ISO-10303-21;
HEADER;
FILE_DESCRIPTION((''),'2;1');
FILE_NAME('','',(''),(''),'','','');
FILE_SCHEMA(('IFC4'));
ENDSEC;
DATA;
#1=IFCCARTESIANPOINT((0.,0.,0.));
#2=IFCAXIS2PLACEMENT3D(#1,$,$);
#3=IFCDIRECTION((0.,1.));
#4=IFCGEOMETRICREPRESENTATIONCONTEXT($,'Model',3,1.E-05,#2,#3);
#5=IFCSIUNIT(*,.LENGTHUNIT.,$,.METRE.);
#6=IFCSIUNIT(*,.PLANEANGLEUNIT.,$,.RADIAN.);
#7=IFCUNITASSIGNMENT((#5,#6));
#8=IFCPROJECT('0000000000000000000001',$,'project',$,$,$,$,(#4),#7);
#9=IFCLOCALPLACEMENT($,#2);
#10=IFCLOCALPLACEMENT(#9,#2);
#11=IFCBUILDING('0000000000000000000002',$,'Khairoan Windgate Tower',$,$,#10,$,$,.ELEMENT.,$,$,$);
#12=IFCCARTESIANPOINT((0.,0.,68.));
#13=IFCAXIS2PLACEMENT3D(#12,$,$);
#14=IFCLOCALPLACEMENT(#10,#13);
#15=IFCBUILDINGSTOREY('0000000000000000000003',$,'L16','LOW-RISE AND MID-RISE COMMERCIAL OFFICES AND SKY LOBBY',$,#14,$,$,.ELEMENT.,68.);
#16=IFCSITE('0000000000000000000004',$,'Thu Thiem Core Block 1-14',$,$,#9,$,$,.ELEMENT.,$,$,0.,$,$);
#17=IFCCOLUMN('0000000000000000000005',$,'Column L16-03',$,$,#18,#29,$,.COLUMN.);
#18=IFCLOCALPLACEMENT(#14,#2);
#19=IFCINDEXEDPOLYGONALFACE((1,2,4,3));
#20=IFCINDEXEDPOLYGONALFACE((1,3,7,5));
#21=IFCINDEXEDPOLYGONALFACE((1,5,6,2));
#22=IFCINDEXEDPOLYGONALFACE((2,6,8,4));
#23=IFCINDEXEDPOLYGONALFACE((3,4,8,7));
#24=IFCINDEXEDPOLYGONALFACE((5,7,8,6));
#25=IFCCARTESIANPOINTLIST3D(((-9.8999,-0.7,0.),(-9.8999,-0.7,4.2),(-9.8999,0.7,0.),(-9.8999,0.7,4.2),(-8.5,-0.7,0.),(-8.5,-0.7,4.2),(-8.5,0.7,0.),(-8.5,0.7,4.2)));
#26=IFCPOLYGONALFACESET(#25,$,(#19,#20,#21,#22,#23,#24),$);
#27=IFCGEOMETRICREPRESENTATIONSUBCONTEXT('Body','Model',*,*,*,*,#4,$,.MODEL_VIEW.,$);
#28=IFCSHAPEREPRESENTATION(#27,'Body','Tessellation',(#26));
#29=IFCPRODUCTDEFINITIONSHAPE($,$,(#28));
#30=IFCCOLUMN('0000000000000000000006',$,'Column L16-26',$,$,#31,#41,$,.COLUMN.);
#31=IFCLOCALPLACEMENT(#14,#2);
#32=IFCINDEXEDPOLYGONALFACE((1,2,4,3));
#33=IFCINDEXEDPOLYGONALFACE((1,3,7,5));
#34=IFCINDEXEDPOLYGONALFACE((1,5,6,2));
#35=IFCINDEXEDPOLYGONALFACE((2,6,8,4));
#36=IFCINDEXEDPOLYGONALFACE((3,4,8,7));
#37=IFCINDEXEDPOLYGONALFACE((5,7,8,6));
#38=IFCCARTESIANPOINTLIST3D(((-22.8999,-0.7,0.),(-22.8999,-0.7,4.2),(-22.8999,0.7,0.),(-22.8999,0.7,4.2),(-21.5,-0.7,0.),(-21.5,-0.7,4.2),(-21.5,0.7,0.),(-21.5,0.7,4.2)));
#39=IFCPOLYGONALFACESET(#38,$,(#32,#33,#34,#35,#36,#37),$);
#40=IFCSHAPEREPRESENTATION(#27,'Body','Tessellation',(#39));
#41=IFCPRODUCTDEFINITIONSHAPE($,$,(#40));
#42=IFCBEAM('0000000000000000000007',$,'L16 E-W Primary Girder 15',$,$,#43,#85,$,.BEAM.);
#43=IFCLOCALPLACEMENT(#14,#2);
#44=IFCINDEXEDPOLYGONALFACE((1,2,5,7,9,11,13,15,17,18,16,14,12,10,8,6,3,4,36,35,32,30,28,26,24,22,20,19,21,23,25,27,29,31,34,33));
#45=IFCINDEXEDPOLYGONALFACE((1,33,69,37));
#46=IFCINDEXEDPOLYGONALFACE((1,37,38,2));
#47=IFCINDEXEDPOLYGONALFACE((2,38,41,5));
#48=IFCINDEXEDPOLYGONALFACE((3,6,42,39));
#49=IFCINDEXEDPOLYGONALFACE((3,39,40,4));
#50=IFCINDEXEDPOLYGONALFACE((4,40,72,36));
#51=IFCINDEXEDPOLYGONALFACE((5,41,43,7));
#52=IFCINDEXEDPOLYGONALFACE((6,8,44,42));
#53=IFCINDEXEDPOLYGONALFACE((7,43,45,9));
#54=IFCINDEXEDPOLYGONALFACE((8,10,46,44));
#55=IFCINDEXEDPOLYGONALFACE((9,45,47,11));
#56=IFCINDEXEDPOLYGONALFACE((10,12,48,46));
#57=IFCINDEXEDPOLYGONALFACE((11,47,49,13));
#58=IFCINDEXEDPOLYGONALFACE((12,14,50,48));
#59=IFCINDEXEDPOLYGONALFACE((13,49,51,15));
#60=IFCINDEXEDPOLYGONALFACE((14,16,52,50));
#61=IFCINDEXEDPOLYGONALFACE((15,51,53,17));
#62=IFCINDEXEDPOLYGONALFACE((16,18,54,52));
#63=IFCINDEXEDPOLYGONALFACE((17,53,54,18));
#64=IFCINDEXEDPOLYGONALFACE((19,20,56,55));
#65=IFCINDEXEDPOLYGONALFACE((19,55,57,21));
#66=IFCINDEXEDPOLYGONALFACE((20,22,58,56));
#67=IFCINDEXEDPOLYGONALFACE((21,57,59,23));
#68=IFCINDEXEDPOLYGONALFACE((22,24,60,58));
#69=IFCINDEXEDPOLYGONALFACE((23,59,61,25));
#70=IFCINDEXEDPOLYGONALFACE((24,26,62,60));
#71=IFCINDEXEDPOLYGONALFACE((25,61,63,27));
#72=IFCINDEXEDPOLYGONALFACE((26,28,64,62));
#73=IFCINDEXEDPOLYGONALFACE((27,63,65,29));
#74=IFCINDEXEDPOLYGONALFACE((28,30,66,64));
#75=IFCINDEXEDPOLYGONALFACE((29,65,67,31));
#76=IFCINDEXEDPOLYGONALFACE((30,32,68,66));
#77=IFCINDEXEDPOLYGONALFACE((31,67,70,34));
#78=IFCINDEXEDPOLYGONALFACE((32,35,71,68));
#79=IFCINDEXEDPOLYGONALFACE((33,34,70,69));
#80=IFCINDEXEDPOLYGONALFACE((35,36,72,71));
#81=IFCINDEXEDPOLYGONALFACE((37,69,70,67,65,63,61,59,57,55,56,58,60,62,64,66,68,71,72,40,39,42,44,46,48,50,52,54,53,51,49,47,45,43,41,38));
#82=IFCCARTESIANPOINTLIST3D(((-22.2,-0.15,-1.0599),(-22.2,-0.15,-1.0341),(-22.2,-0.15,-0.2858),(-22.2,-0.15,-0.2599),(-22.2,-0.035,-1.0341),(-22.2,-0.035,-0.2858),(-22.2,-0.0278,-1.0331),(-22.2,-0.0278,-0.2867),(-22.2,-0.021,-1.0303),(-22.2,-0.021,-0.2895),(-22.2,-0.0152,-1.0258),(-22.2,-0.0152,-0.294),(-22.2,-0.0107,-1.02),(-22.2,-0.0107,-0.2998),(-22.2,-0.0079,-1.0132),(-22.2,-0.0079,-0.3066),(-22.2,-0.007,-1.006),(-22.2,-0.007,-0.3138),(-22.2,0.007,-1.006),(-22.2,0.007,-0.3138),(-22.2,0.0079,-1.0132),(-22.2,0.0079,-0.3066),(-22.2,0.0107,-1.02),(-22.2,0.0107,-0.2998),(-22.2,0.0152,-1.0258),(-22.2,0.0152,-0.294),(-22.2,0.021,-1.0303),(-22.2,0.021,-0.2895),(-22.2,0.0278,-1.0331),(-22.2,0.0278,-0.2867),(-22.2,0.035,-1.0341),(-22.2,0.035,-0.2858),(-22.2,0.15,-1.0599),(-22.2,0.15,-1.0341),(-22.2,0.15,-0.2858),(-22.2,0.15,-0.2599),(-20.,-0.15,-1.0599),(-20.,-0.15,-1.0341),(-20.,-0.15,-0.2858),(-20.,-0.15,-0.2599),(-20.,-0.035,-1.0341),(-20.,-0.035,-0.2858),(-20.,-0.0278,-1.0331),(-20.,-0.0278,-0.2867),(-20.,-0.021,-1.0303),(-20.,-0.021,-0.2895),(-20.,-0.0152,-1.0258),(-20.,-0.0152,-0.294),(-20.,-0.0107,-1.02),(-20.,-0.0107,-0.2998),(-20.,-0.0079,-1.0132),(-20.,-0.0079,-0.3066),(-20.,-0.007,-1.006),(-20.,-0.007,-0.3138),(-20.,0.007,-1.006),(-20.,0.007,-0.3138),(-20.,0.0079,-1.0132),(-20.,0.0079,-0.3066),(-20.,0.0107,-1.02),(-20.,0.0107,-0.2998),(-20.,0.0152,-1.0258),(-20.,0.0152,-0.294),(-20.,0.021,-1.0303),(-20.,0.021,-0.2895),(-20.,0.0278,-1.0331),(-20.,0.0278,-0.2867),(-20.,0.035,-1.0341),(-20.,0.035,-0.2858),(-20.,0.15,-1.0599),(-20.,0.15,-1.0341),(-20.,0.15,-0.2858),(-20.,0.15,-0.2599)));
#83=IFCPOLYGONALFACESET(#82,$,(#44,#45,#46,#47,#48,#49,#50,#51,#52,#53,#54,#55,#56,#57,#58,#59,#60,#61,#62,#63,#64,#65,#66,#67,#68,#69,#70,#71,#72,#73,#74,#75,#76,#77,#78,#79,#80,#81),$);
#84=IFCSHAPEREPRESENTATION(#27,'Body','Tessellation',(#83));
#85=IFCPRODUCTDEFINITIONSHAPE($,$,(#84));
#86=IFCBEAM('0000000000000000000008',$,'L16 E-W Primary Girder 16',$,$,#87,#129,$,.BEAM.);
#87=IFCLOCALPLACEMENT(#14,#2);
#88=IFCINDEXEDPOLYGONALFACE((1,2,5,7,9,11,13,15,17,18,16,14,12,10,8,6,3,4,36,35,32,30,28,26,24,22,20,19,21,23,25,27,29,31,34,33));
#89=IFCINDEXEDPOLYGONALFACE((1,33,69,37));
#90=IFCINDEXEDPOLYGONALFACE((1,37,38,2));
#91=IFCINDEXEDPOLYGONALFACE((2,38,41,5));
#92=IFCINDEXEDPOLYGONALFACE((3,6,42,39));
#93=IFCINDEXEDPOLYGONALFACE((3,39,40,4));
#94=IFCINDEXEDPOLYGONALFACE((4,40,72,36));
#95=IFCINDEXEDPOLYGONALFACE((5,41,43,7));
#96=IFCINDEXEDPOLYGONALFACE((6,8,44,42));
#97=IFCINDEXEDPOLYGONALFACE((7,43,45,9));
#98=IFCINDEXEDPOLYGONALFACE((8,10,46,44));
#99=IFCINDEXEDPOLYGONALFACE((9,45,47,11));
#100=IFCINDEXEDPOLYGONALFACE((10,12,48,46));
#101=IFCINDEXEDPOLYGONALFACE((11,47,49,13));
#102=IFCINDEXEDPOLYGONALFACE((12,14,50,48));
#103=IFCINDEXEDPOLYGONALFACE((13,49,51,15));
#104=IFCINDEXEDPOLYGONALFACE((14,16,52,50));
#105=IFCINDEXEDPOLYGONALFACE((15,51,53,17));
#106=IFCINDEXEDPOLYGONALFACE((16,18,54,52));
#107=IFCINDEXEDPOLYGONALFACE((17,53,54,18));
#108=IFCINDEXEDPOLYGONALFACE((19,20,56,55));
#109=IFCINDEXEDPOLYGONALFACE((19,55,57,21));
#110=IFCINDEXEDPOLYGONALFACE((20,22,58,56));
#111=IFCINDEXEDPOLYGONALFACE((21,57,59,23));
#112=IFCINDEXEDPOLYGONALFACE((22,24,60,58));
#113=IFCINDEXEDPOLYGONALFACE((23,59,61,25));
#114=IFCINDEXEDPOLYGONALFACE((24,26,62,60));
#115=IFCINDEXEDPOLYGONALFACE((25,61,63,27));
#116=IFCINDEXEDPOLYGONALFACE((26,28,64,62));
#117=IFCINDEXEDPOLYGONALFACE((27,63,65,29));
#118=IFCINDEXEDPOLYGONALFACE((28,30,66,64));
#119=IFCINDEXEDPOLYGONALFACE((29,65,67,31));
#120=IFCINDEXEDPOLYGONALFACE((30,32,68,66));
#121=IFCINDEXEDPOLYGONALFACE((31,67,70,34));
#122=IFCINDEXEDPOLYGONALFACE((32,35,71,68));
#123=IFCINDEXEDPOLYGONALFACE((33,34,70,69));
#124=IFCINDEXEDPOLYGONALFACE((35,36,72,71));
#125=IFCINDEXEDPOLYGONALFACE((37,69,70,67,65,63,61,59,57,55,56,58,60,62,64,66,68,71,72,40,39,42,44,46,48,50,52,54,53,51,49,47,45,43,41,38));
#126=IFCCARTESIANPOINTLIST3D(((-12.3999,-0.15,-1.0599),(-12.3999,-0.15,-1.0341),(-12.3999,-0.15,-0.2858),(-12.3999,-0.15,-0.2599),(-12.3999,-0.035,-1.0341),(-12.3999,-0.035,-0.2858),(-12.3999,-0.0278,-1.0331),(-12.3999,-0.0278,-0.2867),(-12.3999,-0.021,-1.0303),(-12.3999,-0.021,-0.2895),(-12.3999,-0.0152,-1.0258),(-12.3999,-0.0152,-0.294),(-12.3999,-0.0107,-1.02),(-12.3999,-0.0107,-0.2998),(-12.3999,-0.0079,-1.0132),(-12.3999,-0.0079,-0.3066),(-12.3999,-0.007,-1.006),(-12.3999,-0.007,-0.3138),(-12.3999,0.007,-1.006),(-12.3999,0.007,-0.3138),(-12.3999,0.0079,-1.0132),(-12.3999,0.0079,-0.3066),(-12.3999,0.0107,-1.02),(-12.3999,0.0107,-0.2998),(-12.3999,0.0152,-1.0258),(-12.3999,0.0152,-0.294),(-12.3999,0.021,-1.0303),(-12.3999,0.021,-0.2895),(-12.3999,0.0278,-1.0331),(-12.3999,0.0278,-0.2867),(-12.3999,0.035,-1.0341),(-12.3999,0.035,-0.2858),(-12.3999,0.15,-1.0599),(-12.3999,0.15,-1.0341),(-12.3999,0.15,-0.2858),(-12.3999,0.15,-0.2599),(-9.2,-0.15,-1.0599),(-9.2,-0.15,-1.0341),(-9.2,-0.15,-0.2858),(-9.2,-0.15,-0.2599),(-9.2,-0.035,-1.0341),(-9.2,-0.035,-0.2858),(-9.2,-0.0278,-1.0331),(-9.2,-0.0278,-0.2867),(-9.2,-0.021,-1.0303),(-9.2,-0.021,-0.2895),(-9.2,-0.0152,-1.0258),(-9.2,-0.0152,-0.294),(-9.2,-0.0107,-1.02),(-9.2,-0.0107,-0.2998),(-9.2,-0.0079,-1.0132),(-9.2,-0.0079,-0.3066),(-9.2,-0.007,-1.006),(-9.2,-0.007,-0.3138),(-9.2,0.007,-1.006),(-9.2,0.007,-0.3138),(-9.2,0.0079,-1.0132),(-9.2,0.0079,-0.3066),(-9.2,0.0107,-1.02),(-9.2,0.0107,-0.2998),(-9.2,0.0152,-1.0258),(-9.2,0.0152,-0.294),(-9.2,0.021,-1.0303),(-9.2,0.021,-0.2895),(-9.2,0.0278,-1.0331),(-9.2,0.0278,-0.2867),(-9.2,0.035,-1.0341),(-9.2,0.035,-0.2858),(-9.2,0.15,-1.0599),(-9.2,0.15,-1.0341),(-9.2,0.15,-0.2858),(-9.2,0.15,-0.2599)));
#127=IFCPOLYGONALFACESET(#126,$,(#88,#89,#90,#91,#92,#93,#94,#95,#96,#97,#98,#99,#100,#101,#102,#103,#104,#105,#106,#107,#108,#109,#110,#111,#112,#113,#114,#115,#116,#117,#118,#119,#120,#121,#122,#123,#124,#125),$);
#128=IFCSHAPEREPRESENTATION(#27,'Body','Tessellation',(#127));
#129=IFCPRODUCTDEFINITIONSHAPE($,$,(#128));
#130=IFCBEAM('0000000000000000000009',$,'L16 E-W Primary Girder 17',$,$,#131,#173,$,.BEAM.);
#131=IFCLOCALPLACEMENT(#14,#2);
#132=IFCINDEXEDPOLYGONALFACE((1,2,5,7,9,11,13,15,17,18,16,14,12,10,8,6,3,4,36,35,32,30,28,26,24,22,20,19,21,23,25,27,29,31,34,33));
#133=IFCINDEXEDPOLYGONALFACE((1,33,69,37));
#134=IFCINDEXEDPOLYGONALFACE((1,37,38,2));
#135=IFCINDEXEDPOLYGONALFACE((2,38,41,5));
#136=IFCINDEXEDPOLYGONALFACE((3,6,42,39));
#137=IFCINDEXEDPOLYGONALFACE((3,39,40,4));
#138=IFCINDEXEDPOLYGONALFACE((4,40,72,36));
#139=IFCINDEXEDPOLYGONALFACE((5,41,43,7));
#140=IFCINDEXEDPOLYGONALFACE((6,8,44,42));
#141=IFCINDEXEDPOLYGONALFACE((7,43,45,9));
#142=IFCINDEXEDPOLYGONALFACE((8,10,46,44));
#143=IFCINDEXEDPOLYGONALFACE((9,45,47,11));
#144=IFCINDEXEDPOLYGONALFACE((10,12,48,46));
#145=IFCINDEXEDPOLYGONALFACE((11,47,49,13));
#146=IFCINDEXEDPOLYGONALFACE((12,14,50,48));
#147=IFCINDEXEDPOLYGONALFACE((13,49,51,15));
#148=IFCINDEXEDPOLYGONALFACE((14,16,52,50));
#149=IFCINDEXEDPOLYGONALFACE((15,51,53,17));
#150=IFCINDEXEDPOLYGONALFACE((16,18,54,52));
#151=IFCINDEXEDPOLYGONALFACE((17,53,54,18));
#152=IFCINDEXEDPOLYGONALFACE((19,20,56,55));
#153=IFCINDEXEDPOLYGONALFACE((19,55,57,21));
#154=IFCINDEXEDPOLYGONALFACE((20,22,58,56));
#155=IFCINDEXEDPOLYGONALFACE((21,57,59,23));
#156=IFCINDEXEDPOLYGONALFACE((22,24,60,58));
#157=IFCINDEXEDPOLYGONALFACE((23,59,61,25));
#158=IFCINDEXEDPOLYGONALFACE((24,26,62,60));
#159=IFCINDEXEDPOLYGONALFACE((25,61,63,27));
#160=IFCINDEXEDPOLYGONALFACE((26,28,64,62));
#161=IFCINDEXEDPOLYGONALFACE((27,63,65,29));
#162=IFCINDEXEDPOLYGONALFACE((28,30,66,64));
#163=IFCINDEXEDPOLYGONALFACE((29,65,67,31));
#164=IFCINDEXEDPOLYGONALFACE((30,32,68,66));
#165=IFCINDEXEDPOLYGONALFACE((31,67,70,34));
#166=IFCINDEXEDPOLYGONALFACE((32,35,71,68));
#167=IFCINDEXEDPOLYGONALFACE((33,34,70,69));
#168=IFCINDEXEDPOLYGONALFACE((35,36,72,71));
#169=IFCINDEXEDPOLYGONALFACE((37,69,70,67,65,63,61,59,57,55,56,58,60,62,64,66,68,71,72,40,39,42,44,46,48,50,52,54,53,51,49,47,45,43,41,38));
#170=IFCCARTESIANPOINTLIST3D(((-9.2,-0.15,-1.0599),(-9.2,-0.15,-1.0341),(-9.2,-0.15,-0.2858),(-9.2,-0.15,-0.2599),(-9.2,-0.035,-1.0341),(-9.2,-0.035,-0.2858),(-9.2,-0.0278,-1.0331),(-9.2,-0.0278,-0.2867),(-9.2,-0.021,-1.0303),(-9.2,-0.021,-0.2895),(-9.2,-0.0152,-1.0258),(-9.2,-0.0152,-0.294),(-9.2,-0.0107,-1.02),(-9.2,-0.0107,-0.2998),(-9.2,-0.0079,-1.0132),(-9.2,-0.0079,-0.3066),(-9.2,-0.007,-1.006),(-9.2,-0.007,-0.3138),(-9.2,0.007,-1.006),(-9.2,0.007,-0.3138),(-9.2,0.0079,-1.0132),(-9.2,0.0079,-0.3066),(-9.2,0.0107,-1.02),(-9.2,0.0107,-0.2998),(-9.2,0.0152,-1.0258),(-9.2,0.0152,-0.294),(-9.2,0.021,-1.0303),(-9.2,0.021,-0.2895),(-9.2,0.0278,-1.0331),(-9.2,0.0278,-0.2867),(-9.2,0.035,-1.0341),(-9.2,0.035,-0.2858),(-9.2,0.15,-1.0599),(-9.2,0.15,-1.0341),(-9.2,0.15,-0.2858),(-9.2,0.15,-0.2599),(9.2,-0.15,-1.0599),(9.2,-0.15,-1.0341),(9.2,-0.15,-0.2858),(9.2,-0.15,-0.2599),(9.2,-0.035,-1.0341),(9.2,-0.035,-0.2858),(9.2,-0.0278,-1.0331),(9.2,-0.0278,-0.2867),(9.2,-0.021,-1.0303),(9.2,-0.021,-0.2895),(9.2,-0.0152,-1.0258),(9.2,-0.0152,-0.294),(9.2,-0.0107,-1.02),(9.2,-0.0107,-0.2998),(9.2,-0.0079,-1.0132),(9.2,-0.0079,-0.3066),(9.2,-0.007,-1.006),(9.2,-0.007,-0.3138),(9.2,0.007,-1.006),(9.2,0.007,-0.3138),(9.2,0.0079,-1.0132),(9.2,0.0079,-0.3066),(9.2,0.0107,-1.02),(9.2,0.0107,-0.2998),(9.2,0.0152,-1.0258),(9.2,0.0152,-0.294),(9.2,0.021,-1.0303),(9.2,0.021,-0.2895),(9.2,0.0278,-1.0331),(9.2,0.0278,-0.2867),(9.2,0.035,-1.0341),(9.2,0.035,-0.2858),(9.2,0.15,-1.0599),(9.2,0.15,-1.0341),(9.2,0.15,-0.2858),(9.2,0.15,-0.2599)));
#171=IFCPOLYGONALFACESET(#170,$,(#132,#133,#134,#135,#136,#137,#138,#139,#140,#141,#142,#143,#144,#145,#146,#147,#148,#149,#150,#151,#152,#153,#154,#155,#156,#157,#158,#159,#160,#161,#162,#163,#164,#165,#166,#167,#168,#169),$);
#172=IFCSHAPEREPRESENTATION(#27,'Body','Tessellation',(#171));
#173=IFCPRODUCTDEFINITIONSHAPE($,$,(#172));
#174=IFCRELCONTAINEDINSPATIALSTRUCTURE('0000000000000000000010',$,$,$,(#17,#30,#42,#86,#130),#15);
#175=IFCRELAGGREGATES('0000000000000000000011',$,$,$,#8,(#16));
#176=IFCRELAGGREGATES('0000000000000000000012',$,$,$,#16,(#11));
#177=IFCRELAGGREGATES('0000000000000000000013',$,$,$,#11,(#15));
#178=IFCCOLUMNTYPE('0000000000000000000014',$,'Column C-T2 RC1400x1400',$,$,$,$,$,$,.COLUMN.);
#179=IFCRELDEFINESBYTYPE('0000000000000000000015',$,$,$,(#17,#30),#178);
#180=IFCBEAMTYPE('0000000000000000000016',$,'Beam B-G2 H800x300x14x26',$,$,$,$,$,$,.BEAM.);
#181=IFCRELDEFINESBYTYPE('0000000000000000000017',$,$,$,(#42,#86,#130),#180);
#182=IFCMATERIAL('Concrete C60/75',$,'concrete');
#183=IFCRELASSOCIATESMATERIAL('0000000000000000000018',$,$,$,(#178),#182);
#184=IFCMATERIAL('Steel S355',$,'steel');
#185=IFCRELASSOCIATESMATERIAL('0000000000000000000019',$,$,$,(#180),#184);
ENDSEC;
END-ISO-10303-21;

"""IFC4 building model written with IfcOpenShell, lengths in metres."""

from ifc_helpers import new_model, si_unit, direction, frame, origin, origin_2d, place, context, subcontext, project, spatial, rectangle, i_section, extrude, material, material_profile, profile_set, type_object, element, save


model = new_model("IFC4")

# Units and contexts
model_context = context("Model", 3, precision=1e-05, world=origin(), true_north=direction((0.0, 1.0)))
body_context = subcontext(model_context, "Body", "Model", "MODEL_VIEW")
ifc_project = project(units=[si_unit("LENGTHUNIT", "METRE"), si_unit("PLANEANGLEUNIT", "RADIAN")], contexts=[model_context])

# Site, building, storey
site_placement = place(None, origin())
site = spatial("IfcSite", under=ifc_project, at=site_placement, Name="Thu Thiem Core Block 1-14", CompositionType="ELEMENT", RefElevation=0.0)
building_placement = place(site_placement, origin())
building = spatial("IfcBuilding", under=site, at=building_placement, Name="Khairoan Windgate Tower", CompositionType="ELEMENT")
storey_placement = place(building_placement, frame((0.0, 0.0, 68.0)))
storey = spatial("IfcBuildingStorey", under=building, at=storey_placement, Name="L16", Description="LOW-RISE AND MID-RISE COMMERCIAL OFFICES AND SKY LOBBY", CompositionType="ELEMENT", Elevation=68.0)

# Columns
ifc_material_1 = material(Name="Concrete C60/75", Category="concrete")
ifc_material_profile_1 = material_profile(ifc_material_1, rectangle(XDim=1.3999, YDim=1.3999, at=origin_2d()))
ifc_profile_set_1 = profile_set([ifc_material_profile_1], Name="Concrete C60/75")
column_type = type_object("IfcColumnType", Name="Column C-T2 RC1400x1400", PredefinedType="COLUMN", material=ifc_profile_set_1)
for number, where, z_axis, x_axis, name in (
    (1, (-9.2, 0.0, 0.0), (0.0, 0.0, 1.0), (1.0, 0.0, 0.0), "Column L16-03"),
    (2, (-22.2, 0.0, 0.0), (0.0, 0.0, 1.0), (1.0, 0.0, 0.0), "Column L16-26"),
):
    element("IfcColumn", number, at=place(storey_placement, frame(where, z_axis=z_axis, x_axis=x_axis)), inside=storey, type_object=column_type, Name=name, PredefinedType="COLUMN", context=body_context, shape_type="SweptSolid", body=[
        extrude(rectangle(XDim=1.3999, YDim=1.3999, at=origin_2d()), origin(), (0.0, 0.0, 1.0), 4.2),
    ])

# Beams
ifc_material_2 = material(Name="Steel S355", Category="steel")
ifc_material_profile_2 = material_profile(ifc_material_2, i_section(OverallWidth=0.3, OverallDepth=0.8, WebThickness=0.0139, FlangeThickness=0.0259, FilletRadius=0.0281, at=origin_2d()))
ifc_profile_set_2 = profile_set([ifc_material_profile_2], Name="Steel S355")
beam_type_1 = type_object("IfcBeamType", Name="Beam B-G2 H800x300x14x26", PredefinedType="BEAM", material=ifc_profile_set_2)
beam_1_placement = place(storey_placement, frame((-22.2, 0.0, -0.6599), z_axis=(1.0, 0.0, 0.0), x_axis=(0.0, 1.0, 0.0)))
element("IfcBeam", 3, at=beam_1_placement, inside=storey, type_object=beam_type_1, Name="L16 E-W Primary Girder 15", PredefinedType="BEAM", context=body_context, shape_type="SweptSolid", body=[
    extrude(i_section(OverallWidth=0.3, OverallDepth=0.8, WebThickness=0.0139, FlangeThickness=0.0259, FilletRadius=0.0281, at=origin_2d()), origin(), (0.0, 0.0, 1.0), 2.2),
])
beam_2_placement = place(storey_placement, frame((-12.3999, 0.0, -0.6599), z_axis=(1.0, 0.0, 0.0), x_axis=(0.0, 1.0, 0.0)))
element("IfcBeam", 4, at=beam_2_placement, inside=storey, type_object=beam_type_1, Name="L16 E-W Primary Girder 16", PredefinedType="BEAM", context=body_context, shape_type="SweptSolid", body=[
    extrude(i_section(OverallWidth=0.3, OverallDepth=0.8, WebThickness=0.0139, FlangeThickness=0.0259, FilletRadius=0.0281, at=origin_2d()), origin(), (0.0, 0.0, 1.0), 3.2),
])
beam_3_placement = place(storey_placement, frame((-9.2, 0.0, -0.6599), z_axis=(1.0, 0.0, 0.0), x_axis=(0.0, 1.0, 0.0)))
element("IfcBeam", 5, at=beam_3_placement, inside=storey, type_object=beam_type_1, Name="L16 E-W Primary Girder 17", PredefinedType="BEAM", context=body_context, shape_type="SweptSolid", body=[
    extrude(i_section(OverallWidth=0.3, OverallDepth=0.8, WebThickness=0.0139, FlangeThickness=0.0259, FilletRadius=0.0281, at=origin_2d()), origin(), (0.0, 0.0, 1.0), 18.3999),
])

save(model, "model.ifc")
